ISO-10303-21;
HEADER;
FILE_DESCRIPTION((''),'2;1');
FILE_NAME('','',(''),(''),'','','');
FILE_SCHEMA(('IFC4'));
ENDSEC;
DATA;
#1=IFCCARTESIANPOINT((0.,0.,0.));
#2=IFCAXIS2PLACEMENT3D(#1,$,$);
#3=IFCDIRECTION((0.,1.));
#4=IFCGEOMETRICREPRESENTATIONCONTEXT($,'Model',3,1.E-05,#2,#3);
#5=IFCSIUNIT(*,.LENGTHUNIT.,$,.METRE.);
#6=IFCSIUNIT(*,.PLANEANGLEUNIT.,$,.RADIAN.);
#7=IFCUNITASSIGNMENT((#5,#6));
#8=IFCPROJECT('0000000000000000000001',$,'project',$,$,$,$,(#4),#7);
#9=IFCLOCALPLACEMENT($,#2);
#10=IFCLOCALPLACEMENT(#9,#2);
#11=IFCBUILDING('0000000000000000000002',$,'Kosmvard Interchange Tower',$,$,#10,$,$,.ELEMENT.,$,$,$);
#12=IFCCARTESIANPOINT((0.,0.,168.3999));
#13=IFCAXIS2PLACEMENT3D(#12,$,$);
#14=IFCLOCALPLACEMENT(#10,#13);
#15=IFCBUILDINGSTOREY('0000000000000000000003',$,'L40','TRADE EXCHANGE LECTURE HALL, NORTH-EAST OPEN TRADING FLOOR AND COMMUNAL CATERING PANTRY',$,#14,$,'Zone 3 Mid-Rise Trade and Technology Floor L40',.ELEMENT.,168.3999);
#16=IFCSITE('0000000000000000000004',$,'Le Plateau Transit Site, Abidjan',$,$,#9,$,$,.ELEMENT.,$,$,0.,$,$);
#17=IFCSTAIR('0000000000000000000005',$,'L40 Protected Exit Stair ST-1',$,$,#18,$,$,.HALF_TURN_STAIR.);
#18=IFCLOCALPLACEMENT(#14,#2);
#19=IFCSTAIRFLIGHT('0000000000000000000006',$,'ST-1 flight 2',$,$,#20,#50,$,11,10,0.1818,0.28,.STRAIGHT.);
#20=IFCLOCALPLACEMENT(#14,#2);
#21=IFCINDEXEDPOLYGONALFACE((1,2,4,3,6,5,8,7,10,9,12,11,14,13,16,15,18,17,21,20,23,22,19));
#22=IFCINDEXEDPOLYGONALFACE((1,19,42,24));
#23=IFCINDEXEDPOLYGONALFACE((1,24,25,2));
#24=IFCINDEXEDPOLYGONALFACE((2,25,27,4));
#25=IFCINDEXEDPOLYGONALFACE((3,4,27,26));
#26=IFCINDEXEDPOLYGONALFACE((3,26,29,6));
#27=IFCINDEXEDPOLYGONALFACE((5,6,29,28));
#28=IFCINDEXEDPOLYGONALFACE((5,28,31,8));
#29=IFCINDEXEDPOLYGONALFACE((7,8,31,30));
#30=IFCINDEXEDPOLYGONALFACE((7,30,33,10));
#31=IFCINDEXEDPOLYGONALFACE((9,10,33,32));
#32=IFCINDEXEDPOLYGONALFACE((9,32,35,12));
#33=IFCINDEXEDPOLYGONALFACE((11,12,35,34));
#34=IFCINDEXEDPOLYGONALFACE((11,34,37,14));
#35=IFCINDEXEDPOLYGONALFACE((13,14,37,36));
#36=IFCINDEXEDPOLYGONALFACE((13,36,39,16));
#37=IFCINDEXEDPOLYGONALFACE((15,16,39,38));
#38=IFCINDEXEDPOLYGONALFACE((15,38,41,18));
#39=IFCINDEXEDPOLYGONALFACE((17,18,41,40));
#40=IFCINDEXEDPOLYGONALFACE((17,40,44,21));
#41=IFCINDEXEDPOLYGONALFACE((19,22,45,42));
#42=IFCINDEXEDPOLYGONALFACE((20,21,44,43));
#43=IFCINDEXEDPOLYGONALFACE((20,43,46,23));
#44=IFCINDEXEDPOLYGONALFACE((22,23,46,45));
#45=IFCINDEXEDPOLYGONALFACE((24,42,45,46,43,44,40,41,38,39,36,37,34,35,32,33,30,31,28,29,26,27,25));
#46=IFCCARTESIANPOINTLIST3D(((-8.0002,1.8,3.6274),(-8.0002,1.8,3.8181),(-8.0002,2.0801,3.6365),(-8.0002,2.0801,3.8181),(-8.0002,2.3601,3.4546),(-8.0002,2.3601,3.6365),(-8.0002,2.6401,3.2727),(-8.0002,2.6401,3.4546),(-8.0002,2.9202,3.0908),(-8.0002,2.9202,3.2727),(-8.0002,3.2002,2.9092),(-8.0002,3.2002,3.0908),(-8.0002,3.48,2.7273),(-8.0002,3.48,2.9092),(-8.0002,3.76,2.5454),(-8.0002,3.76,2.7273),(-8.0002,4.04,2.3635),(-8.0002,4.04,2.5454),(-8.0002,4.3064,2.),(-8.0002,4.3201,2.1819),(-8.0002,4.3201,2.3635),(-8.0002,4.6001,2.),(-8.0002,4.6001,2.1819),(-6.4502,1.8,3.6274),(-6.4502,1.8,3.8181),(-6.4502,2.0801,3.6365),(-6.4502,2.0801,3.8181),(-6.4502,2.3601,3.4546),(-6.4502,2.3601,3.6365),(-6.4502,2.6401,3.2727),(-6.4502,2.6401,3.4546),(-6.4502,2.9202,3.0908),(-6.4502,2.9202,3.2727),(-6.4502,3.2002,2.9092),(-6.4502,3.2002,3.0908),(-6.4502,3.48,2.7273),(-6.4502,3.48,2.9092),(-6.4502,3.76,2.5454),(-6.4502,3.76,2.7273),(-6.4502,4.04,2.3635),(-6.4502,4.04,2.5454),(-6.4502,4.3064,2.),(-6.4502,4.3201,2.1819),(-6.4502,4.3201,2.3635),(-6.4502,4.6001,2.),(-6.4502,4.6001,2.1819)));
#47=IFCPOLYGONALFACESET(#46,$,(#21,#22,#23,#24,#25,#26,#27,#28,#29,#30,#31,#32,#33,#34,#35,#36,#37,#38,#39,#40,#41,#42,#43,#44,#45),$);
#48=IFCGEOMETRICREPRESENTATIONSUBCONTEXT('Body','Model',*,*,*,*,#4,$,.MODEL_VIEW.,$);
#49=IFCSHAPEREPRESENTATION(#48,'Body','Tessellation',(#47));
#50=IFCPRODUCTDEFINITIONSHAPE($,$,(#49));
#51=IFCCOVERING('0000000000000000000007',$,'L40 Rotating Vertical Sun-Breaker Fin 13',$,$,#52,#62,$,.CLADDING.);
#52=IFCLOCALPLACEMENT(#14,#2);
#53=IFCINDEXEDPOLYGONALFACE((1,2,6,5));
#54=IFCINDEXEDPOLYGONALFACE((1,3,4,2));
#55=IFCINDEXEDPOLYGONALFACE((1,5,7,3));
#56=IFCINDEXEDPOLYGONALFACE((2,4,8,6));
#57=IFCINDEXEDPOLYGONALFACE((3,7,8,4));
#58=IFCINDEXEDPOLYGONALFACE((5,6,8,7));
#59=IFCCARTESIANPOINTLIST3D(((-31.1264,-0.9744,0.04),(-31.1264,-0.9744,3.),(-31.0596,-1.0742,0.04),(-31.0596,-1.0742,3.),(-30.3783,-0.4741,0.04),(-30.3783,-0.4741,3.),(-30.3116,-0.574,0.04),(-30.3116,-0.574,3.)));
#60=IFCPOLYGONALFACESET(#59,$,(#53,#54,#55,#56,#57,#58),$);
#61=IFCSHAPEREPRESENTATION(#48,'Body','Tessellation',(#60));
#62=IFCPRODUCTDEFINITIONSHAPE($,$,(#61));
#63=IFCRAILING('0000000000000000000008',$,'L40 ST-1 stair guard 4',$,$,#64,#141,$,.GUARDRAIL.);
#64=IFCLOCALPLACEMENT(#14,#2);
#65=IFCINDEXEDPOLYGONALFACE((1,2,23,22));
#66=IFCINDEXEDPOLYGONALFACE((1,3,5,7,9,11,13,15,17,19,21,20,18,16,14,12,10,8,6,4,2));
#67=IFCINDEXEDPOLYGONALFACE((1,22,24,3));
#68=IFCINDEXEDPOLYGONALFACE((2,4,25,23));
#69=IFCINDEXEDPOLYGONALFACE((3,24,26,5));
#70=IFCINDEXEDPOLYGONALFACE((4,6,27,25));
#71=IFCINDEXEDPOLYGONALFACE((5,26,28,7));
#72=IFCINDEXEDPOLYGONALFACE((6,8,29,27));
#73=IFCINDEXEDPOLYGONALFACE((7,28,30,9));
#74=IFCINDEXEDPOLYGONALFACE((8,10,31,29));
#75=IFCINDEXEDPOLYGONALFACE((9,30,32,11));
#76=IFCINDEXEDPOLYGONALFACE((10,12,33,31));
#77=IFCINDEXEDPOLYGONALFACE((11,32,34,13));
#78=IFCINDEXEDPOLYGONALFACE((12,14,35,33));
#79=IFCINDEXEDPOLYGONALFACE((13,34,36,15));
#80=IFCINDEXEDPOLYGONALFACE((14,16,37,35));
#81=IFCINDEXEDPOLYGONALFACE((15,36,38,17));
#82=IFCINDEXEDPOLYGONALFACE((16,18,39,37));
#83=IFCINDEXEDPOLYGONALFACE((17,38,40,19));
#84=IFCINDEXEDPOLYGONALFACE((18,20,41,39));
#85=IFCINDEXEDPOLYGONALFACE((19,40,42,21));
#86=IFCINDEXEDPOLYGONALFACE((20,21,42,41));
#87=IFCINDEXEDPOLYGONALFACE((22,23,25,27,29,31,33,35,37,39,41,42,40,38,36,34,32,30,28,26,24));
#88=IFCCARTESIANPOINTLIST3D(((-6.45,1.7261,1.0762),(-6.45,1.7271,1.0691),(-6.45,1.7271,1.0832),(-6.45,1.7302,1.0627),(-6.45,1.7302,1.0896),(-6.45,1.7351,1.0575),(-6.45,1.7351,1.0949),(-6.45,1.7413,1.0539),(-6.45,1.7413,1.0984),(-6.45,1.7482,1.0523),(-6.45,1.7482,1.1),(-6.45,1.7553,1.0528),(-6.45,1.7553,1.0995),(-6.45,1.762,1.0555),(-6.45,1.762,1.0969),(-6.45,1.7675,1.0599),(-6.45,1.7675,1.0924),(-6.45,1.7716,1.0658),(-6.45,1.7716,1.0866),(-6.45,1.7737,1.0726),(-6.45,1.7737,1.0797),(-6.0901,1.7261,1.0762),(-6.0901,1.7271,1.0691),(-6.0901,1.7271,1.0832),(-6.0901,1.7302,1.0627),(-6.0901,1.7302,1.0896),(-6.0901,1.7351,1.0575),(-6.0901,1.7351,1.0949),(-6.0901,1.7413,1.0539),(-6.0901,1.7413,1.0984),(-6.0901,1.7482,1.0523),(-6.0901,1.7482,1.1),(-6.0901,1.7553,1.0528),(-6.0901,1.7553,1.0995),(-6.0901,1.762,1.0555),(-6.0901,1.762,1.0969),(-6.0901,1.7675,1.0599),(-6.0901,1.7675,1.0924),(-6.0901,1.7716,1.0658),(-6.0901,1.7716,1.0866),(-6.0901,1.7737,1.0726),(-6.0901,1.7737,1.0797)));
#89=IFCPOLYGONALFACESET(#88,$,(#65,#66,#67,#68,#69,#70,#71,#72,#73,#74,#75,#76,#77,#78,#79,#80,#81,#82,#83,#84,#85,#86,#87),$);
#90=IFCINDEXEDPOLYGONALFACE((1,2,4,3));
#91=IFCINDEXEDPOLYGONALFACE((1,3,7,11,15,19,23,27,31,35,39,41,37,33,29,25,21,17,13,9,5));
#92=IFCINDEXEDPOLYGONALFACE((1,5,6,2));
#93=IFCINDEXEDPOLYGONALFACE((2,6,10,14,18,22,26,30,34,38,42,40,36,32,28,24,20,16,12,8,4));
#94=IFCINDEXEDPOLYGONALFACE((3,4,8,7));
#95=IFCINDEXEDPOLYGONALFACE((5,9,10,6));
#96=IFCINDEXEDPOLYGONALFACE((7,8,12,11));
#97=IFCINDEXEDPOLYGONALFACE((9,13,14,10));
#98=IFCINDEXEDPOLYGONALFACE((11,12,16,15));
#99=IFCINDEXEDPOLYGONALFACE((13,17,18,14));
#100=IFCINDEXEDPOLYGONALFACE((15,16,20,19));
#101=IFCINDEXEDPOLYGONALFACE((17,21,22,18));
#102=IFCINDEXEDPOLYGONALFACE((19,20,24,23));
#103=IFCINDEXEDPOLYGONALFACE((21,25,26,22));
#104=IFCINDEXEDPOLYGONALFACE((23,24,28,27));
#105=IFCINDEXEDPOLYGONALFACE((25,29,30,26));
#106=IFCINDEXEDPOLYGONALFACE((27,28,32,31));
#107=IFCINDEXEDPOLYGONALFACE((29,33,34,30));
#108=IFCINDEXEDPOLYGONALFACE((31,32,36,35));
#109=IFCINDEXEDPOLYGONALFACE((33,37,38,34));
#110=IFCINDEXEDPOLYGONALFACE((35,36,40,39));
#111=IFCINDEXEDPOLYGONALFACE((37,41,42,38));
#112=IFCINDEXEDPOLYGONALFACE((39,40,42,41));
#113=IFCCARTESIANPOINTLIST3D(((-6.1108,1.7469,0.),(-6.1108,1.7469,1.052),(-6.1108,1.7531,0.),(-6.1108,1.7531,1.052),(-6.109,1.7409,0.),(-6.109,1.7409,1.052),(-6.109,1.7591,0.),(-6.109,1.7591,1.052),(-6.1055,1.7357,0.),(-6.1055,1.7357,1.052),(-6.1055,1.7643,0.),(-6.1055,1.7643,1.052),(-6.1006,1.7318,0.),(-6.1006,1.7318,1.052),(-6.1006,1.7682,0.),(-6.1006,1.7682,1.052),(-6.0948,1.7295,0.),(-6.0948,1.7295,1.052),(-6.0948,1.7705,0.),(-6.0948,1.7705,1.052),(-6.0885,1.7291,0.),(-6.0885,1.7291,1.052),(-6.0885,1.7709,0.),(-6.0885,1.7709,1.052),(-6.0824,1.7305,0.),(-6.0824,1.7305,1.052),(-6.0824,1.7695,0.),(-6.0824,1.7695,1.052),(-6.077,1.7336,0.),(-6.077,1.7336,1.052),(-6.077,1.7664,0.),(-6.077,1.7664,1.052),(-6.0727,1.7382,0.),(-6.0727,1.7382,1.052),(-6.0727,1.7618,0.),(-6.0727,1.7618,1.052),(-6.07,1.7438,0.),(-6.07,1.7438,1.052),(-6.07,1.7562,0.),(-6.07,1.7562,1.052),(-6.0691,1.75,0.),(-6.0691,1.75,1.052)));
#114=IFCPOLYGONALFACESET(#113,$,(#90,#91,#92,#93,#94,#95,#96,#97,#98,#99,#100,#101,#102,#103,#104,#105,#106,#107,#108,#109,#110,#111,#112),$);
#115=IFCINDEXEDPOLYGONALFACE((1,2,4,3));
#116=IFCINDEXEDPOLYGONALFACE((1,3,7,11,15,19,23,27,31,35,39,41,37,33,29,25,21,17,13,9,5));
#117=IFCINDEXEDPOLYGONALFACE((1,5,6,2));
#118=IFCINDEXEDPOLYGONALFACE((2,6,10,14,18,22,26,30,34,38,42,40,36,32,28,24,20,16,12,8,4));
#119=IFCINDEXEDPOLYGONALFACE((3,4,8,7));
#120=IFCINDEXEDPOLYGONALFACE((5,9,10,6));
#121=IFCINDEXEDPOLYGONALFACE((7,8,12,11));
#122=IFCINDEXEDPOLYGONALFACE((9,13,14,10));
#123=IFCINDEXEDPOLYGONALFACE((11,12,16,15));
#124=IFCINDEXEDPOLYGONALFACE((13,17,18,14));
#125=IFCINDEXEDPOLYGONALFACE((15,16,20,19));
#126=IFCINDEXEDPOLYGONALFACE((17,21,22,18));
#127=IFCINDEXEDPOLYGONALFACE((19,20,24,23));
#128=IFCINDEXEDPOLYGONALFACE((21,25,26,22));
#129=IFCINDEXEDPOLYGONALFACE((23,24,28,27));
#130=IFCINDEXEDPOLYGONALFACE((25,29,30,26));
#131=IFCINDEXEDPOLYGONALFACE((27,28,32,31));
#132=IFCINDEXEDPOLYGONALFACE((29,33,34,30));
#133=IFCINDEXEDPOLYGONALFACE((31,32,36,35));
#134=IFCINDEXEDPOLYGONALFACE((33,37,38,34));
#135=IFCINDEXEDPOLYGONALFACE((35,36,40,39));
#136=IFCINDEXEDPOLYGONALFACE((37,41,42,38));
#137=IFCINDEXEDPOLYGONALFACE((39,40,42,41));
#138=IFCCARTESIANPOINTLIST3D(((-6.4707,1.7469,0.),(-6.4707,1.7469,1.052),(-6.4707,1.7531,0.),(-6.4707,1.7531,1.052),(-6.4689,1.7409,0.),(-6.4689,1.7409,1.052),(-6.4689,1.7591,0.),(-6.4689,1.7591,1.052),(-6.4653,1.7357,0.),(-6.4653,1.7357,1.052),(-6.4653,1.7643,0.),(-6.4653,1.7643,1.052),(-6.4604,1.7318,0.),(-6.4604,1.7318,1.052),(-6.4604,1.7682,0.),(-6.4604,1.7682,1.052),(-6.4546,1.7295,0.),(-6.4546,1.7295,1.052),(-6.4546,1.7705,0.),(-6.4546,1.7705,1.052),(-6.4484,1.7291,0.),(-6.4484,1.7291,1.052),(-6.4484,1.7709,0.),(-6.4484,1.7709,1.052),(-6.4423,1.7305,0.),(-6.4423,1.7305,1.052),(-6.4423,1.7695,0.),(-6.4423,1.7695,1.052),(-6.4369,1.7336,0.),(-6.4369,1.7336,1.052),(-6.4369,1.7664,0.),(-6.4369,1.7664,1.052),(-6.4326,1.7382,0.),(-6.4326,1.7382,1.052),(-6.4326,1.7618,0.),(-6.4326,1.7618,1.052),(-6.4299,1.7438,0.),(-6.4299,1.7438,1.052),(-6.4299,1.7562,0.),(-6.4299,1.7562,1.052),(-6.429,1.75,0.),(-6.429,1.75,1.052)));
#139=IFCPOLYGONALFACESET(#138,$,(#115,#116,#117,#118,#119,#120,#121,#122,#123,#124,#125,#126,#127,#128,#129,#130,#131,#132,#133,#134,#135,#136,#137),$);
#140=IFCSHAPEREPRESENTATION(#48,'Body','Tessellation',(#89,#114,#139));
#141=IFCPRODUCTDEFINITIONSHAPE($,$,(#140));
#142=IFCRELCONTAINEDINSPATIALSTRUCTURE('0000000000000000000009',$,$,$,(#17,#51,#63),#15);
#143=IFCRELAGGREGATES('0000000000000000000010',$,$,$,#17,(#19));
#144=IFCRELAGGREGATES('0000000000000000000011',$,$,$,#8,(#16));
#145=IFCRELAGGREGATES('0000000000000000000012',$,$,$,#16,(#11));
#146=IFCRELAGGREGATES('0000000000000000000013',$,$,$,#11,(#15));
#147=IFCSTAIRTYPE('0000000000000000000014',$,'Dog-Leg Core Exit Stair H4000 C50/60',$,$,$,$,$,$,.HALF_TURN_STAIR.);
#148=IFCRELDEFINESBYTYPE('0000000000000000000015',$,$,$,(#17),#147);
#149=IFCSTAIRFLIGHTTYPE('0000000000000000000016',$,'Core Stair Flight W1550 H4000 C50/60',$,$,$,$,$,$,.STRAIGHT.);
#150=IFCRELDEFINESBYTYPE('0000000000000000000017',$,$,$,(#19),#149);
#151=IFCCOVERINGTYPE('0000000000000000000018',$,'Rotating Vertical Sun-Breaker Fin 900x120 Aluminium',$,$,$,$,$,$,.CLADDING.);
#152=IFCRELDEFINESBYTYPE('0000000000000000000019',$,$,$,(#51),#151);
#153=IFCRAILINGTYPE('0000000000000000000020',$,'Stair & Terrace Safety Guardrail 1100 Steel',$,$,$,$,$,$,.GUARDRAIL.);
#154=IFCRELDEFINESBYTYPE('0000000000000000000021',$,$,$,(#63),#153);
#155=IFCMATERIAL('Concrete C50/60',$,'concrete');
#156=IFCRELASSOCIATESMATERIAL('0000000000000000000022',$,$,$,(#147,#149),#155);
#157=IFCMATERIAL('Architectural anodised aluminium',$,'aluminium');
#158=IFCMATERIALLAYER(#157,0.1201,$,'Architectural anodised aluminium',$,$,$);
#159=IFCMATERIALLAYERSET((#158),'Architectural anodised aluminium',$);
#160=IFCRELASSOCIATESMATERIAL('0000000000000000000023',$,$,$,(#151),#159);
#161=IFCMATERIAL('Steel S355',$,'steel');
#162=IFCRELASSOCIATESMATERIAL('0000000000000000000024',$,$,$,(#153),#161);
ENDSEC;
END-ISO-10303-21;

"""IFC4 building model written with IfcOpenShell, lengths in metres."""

from ifc_helpers import new_model, si_unit, direction, frame, origin, origin_2d, place, context, subcontext, project, spatial, polyline, rectangle, circle, outline, extrude, source, transform, mapped, material, layer, layer_set, type_object, element, aggregate, save


model = new_model("IFC4")

# Units and contexts
model_context = context("Model", 3, precision=1e-05, world=origin(), true_north=direction((0.0, 1.0)))
body_context = subcontext(model_context, "Body", "Model", "MODEL_VIEW")
ifc_project = project(units=[si_unit("LENGTHUNIT", "METRE"), si_unit("PLANEANGLEUNIT", "RADIAN")], contexts=[model_context])

# Site, building, storey
site_placement = place(None, origin())
site = spatial("IfcSite", under=ifc_project, at=site_placement, Name="Le Plateau Transit Site, Abidjan", CompositionType="ELEMENT", RefElevation=0.0)
building_placement = place(site_placement, origin())
building = spatial("IfcBuilding", under=site, at=building_placement, Name="Kosmvard Interchange Tower", CompositionType="ELEMENT")
storey_placement = place(building_placement, frame((0.0, 0.0, 168.3999)))
storey = spatial("IfcBuildingStorey", under=building, at=storey_placement, Name="L40", Description="TRADE EXCHANGE LECTURE HALL, NORTH-EAST OPEN TRADING FLOOR AND COMMUNAL CATERING PANTRY", LongName="Zone 3 Mid-Rise Trade and Technology Floor L40", CompositionType="ELEMENT", Elevation=168.3999)

# Shared definitions
ifc_material_1 = material(Name="Concrete C50/60", Category="concrete")

# Shared definitions
ifc_material_2 = material(Name="Steel S355", Category="steel")

# Stair, stair flight
stair_type = type_object("IfcStairType", Name="Dog-Leg Core Exit Stair H4000 C50/60", PredefinedType="HALF_TURN_STAIR", material=ifc_material_1)
stair_placement = place(storey_placement, origin())
stair = element("IfcStair", 1, at=stair_placement, inside=storey, type_object=stair_type, Name="L40 Protected Exit Stair ST-1", PredefinedType="HALF_TURN_STAIR")
stair_flight_type = type_object("IfcStairFlightType", Name="Core Stair Flight W1550 H4000 C50/60", PredefinedType="STRAIGHT", material=ifc_material_1)
shared_shape_1 = source(origin(), body_context, "Body", "SweptSolid", [
    extrude(outline(polyline([(0.0, 0.0), (0.0, 0.1819), (0.28, 0.1819), (0.28, 0.3635), (0.5601, 0.3635), (0.5601, 0.5454), (0.8401, 0.5454), (0.8401, 0.7273), (1.1201, 0.7273), (1.1201, 0.9092), (1.3999, 0.9092), (1.3999, 1.0908), (1.6799, 1.0908), (1.6799, 1.2727), (1.96, 1.2727), (1.96, 1.4546), (2.24, 1.4546), (2.24, 1.6365), (2.52, 1.6365), (2.52, 1.8181), (2.8, 1.8181), (2.8, 2.0), (2.8, 1.6274), (0.2937, 0.0), (0.0, 0.0)])), frame((0.0, 0.7749, 0.0), z_axis=(0.0, -1.0, 0.0), x_axis=(1.0, 0.0, 0.0)), (0.0, 0.0, 1.0), 1.55),
])
stair_flight_placement = place(storey_placement, frame((-7.2251, 4.6001, 2.0), z_axis=(0.0, 0.0, 1.0), x_axis=(0.0, -1.0, 0.0)))
stair_flight = element("IfcStairFlight", 2, at=stair_flight_placement, type_object=stair_flight_type, Name="ST-1 flight 2", NumberOfRisers=11, NumberOfTreads=10, PredefinedType="STRAIGHT", RiserHeight=0.1818, TreadLength=0.28, context=body_context, shape_type="MappedRepresentation", body=[
    mapped(shared_shape_1, transform((0.0, 0.0, 0.0), scale=1.0)),
])
aggregate(stair, [stair_flight])

# Covering
ifc_material_3 = material(Name="Architectural anodised aluminium", Category="aluminium")
ifc_layer_1 = layer(ifc_material_3, 0.1201, Name="Architectural anodised aluminium")
ifc_layer_set_1 = layer_set([ifc_layer_1], Name="Architectural anodised aluminium")
covering_type = type_object("IfcCoveringType", Name="Rotating Vertical Sun-Breaker Fin 900x120 Aluminium", PredefinedType="CLADDING", material=ifc_layer_set_1)
shared_shape_2 = source(origin(), body_context, "Body", "SweptSolid", [
    extrude(rectangle(XDim=0.8999, YDim=0.1201, at=origin_2d()), origin(), (0.0, 0.0, 1.0), 2.96),
])
covering_placement = place(storey_placement, frame((-30.719, -0.7742, 0.04), z_axis=(0.0, 0.0, 1.0), x_axis=(-0.831276, -0.55586, 0.0)))
element("IfcCovering", 3, at=covering_placement, inside=storey, type_object=covering_type, Name="L40 Rotating Vertical Sun-Breaker Fin 13", PredefinedType="CLADDING", context=body_context, shape_type="MappedRepresentation", body=[
    mapped(shared_shape_2, transform((0.0, 0.0, 0.0), scale=1.0)),
])

# Railing
railing_type_1 = type_object("IfcRailingType", Name="Stair & Terrace Safety Guardrail 1100 Steel", PredefinedType="GUARDRAIL", material=ifc_material_2)
shared_shape_3 = source(origin(), body_context, "Body", "SweptSolid", [
    extrude(circle(Radius=0.0239, at=origin_2d()), frame((0.0, 0.0, 1.0762), z_axis=(-1.0, 0.0, 0.0), x_axis=(0.0, -1.0, 0.0)), (0.0, 0.0, 1.0), 0.3599),
    extrude(circle(Radius=0.021, at=origin_2d()), origin(), (0.0, 0.0, 1.0), 1.052),
    extrude(circle(Radius=0.021, at=origin_2d()), frame((-0.3599, 0.0, 0.0)), (0.0, 0.0, 1.0), 1.052),
])
railing_1_placement = place(storey_placement, frame((-6.0901, 1.75, 0.0)))
element("IfcRailing", 4, at=railing_1_placement, inside=storey, type_object=railing_type_1, Name="L40 ST-1 stair guard 4", PredefinedType="GUARDRAIL", context=body_context, shape_type="MappedRepresentation", body=[
    mapped(shared_shape_3, transform((0.0, 0.0, 0.0), scale=1.0)),
])

save(model, "model.ifc")
